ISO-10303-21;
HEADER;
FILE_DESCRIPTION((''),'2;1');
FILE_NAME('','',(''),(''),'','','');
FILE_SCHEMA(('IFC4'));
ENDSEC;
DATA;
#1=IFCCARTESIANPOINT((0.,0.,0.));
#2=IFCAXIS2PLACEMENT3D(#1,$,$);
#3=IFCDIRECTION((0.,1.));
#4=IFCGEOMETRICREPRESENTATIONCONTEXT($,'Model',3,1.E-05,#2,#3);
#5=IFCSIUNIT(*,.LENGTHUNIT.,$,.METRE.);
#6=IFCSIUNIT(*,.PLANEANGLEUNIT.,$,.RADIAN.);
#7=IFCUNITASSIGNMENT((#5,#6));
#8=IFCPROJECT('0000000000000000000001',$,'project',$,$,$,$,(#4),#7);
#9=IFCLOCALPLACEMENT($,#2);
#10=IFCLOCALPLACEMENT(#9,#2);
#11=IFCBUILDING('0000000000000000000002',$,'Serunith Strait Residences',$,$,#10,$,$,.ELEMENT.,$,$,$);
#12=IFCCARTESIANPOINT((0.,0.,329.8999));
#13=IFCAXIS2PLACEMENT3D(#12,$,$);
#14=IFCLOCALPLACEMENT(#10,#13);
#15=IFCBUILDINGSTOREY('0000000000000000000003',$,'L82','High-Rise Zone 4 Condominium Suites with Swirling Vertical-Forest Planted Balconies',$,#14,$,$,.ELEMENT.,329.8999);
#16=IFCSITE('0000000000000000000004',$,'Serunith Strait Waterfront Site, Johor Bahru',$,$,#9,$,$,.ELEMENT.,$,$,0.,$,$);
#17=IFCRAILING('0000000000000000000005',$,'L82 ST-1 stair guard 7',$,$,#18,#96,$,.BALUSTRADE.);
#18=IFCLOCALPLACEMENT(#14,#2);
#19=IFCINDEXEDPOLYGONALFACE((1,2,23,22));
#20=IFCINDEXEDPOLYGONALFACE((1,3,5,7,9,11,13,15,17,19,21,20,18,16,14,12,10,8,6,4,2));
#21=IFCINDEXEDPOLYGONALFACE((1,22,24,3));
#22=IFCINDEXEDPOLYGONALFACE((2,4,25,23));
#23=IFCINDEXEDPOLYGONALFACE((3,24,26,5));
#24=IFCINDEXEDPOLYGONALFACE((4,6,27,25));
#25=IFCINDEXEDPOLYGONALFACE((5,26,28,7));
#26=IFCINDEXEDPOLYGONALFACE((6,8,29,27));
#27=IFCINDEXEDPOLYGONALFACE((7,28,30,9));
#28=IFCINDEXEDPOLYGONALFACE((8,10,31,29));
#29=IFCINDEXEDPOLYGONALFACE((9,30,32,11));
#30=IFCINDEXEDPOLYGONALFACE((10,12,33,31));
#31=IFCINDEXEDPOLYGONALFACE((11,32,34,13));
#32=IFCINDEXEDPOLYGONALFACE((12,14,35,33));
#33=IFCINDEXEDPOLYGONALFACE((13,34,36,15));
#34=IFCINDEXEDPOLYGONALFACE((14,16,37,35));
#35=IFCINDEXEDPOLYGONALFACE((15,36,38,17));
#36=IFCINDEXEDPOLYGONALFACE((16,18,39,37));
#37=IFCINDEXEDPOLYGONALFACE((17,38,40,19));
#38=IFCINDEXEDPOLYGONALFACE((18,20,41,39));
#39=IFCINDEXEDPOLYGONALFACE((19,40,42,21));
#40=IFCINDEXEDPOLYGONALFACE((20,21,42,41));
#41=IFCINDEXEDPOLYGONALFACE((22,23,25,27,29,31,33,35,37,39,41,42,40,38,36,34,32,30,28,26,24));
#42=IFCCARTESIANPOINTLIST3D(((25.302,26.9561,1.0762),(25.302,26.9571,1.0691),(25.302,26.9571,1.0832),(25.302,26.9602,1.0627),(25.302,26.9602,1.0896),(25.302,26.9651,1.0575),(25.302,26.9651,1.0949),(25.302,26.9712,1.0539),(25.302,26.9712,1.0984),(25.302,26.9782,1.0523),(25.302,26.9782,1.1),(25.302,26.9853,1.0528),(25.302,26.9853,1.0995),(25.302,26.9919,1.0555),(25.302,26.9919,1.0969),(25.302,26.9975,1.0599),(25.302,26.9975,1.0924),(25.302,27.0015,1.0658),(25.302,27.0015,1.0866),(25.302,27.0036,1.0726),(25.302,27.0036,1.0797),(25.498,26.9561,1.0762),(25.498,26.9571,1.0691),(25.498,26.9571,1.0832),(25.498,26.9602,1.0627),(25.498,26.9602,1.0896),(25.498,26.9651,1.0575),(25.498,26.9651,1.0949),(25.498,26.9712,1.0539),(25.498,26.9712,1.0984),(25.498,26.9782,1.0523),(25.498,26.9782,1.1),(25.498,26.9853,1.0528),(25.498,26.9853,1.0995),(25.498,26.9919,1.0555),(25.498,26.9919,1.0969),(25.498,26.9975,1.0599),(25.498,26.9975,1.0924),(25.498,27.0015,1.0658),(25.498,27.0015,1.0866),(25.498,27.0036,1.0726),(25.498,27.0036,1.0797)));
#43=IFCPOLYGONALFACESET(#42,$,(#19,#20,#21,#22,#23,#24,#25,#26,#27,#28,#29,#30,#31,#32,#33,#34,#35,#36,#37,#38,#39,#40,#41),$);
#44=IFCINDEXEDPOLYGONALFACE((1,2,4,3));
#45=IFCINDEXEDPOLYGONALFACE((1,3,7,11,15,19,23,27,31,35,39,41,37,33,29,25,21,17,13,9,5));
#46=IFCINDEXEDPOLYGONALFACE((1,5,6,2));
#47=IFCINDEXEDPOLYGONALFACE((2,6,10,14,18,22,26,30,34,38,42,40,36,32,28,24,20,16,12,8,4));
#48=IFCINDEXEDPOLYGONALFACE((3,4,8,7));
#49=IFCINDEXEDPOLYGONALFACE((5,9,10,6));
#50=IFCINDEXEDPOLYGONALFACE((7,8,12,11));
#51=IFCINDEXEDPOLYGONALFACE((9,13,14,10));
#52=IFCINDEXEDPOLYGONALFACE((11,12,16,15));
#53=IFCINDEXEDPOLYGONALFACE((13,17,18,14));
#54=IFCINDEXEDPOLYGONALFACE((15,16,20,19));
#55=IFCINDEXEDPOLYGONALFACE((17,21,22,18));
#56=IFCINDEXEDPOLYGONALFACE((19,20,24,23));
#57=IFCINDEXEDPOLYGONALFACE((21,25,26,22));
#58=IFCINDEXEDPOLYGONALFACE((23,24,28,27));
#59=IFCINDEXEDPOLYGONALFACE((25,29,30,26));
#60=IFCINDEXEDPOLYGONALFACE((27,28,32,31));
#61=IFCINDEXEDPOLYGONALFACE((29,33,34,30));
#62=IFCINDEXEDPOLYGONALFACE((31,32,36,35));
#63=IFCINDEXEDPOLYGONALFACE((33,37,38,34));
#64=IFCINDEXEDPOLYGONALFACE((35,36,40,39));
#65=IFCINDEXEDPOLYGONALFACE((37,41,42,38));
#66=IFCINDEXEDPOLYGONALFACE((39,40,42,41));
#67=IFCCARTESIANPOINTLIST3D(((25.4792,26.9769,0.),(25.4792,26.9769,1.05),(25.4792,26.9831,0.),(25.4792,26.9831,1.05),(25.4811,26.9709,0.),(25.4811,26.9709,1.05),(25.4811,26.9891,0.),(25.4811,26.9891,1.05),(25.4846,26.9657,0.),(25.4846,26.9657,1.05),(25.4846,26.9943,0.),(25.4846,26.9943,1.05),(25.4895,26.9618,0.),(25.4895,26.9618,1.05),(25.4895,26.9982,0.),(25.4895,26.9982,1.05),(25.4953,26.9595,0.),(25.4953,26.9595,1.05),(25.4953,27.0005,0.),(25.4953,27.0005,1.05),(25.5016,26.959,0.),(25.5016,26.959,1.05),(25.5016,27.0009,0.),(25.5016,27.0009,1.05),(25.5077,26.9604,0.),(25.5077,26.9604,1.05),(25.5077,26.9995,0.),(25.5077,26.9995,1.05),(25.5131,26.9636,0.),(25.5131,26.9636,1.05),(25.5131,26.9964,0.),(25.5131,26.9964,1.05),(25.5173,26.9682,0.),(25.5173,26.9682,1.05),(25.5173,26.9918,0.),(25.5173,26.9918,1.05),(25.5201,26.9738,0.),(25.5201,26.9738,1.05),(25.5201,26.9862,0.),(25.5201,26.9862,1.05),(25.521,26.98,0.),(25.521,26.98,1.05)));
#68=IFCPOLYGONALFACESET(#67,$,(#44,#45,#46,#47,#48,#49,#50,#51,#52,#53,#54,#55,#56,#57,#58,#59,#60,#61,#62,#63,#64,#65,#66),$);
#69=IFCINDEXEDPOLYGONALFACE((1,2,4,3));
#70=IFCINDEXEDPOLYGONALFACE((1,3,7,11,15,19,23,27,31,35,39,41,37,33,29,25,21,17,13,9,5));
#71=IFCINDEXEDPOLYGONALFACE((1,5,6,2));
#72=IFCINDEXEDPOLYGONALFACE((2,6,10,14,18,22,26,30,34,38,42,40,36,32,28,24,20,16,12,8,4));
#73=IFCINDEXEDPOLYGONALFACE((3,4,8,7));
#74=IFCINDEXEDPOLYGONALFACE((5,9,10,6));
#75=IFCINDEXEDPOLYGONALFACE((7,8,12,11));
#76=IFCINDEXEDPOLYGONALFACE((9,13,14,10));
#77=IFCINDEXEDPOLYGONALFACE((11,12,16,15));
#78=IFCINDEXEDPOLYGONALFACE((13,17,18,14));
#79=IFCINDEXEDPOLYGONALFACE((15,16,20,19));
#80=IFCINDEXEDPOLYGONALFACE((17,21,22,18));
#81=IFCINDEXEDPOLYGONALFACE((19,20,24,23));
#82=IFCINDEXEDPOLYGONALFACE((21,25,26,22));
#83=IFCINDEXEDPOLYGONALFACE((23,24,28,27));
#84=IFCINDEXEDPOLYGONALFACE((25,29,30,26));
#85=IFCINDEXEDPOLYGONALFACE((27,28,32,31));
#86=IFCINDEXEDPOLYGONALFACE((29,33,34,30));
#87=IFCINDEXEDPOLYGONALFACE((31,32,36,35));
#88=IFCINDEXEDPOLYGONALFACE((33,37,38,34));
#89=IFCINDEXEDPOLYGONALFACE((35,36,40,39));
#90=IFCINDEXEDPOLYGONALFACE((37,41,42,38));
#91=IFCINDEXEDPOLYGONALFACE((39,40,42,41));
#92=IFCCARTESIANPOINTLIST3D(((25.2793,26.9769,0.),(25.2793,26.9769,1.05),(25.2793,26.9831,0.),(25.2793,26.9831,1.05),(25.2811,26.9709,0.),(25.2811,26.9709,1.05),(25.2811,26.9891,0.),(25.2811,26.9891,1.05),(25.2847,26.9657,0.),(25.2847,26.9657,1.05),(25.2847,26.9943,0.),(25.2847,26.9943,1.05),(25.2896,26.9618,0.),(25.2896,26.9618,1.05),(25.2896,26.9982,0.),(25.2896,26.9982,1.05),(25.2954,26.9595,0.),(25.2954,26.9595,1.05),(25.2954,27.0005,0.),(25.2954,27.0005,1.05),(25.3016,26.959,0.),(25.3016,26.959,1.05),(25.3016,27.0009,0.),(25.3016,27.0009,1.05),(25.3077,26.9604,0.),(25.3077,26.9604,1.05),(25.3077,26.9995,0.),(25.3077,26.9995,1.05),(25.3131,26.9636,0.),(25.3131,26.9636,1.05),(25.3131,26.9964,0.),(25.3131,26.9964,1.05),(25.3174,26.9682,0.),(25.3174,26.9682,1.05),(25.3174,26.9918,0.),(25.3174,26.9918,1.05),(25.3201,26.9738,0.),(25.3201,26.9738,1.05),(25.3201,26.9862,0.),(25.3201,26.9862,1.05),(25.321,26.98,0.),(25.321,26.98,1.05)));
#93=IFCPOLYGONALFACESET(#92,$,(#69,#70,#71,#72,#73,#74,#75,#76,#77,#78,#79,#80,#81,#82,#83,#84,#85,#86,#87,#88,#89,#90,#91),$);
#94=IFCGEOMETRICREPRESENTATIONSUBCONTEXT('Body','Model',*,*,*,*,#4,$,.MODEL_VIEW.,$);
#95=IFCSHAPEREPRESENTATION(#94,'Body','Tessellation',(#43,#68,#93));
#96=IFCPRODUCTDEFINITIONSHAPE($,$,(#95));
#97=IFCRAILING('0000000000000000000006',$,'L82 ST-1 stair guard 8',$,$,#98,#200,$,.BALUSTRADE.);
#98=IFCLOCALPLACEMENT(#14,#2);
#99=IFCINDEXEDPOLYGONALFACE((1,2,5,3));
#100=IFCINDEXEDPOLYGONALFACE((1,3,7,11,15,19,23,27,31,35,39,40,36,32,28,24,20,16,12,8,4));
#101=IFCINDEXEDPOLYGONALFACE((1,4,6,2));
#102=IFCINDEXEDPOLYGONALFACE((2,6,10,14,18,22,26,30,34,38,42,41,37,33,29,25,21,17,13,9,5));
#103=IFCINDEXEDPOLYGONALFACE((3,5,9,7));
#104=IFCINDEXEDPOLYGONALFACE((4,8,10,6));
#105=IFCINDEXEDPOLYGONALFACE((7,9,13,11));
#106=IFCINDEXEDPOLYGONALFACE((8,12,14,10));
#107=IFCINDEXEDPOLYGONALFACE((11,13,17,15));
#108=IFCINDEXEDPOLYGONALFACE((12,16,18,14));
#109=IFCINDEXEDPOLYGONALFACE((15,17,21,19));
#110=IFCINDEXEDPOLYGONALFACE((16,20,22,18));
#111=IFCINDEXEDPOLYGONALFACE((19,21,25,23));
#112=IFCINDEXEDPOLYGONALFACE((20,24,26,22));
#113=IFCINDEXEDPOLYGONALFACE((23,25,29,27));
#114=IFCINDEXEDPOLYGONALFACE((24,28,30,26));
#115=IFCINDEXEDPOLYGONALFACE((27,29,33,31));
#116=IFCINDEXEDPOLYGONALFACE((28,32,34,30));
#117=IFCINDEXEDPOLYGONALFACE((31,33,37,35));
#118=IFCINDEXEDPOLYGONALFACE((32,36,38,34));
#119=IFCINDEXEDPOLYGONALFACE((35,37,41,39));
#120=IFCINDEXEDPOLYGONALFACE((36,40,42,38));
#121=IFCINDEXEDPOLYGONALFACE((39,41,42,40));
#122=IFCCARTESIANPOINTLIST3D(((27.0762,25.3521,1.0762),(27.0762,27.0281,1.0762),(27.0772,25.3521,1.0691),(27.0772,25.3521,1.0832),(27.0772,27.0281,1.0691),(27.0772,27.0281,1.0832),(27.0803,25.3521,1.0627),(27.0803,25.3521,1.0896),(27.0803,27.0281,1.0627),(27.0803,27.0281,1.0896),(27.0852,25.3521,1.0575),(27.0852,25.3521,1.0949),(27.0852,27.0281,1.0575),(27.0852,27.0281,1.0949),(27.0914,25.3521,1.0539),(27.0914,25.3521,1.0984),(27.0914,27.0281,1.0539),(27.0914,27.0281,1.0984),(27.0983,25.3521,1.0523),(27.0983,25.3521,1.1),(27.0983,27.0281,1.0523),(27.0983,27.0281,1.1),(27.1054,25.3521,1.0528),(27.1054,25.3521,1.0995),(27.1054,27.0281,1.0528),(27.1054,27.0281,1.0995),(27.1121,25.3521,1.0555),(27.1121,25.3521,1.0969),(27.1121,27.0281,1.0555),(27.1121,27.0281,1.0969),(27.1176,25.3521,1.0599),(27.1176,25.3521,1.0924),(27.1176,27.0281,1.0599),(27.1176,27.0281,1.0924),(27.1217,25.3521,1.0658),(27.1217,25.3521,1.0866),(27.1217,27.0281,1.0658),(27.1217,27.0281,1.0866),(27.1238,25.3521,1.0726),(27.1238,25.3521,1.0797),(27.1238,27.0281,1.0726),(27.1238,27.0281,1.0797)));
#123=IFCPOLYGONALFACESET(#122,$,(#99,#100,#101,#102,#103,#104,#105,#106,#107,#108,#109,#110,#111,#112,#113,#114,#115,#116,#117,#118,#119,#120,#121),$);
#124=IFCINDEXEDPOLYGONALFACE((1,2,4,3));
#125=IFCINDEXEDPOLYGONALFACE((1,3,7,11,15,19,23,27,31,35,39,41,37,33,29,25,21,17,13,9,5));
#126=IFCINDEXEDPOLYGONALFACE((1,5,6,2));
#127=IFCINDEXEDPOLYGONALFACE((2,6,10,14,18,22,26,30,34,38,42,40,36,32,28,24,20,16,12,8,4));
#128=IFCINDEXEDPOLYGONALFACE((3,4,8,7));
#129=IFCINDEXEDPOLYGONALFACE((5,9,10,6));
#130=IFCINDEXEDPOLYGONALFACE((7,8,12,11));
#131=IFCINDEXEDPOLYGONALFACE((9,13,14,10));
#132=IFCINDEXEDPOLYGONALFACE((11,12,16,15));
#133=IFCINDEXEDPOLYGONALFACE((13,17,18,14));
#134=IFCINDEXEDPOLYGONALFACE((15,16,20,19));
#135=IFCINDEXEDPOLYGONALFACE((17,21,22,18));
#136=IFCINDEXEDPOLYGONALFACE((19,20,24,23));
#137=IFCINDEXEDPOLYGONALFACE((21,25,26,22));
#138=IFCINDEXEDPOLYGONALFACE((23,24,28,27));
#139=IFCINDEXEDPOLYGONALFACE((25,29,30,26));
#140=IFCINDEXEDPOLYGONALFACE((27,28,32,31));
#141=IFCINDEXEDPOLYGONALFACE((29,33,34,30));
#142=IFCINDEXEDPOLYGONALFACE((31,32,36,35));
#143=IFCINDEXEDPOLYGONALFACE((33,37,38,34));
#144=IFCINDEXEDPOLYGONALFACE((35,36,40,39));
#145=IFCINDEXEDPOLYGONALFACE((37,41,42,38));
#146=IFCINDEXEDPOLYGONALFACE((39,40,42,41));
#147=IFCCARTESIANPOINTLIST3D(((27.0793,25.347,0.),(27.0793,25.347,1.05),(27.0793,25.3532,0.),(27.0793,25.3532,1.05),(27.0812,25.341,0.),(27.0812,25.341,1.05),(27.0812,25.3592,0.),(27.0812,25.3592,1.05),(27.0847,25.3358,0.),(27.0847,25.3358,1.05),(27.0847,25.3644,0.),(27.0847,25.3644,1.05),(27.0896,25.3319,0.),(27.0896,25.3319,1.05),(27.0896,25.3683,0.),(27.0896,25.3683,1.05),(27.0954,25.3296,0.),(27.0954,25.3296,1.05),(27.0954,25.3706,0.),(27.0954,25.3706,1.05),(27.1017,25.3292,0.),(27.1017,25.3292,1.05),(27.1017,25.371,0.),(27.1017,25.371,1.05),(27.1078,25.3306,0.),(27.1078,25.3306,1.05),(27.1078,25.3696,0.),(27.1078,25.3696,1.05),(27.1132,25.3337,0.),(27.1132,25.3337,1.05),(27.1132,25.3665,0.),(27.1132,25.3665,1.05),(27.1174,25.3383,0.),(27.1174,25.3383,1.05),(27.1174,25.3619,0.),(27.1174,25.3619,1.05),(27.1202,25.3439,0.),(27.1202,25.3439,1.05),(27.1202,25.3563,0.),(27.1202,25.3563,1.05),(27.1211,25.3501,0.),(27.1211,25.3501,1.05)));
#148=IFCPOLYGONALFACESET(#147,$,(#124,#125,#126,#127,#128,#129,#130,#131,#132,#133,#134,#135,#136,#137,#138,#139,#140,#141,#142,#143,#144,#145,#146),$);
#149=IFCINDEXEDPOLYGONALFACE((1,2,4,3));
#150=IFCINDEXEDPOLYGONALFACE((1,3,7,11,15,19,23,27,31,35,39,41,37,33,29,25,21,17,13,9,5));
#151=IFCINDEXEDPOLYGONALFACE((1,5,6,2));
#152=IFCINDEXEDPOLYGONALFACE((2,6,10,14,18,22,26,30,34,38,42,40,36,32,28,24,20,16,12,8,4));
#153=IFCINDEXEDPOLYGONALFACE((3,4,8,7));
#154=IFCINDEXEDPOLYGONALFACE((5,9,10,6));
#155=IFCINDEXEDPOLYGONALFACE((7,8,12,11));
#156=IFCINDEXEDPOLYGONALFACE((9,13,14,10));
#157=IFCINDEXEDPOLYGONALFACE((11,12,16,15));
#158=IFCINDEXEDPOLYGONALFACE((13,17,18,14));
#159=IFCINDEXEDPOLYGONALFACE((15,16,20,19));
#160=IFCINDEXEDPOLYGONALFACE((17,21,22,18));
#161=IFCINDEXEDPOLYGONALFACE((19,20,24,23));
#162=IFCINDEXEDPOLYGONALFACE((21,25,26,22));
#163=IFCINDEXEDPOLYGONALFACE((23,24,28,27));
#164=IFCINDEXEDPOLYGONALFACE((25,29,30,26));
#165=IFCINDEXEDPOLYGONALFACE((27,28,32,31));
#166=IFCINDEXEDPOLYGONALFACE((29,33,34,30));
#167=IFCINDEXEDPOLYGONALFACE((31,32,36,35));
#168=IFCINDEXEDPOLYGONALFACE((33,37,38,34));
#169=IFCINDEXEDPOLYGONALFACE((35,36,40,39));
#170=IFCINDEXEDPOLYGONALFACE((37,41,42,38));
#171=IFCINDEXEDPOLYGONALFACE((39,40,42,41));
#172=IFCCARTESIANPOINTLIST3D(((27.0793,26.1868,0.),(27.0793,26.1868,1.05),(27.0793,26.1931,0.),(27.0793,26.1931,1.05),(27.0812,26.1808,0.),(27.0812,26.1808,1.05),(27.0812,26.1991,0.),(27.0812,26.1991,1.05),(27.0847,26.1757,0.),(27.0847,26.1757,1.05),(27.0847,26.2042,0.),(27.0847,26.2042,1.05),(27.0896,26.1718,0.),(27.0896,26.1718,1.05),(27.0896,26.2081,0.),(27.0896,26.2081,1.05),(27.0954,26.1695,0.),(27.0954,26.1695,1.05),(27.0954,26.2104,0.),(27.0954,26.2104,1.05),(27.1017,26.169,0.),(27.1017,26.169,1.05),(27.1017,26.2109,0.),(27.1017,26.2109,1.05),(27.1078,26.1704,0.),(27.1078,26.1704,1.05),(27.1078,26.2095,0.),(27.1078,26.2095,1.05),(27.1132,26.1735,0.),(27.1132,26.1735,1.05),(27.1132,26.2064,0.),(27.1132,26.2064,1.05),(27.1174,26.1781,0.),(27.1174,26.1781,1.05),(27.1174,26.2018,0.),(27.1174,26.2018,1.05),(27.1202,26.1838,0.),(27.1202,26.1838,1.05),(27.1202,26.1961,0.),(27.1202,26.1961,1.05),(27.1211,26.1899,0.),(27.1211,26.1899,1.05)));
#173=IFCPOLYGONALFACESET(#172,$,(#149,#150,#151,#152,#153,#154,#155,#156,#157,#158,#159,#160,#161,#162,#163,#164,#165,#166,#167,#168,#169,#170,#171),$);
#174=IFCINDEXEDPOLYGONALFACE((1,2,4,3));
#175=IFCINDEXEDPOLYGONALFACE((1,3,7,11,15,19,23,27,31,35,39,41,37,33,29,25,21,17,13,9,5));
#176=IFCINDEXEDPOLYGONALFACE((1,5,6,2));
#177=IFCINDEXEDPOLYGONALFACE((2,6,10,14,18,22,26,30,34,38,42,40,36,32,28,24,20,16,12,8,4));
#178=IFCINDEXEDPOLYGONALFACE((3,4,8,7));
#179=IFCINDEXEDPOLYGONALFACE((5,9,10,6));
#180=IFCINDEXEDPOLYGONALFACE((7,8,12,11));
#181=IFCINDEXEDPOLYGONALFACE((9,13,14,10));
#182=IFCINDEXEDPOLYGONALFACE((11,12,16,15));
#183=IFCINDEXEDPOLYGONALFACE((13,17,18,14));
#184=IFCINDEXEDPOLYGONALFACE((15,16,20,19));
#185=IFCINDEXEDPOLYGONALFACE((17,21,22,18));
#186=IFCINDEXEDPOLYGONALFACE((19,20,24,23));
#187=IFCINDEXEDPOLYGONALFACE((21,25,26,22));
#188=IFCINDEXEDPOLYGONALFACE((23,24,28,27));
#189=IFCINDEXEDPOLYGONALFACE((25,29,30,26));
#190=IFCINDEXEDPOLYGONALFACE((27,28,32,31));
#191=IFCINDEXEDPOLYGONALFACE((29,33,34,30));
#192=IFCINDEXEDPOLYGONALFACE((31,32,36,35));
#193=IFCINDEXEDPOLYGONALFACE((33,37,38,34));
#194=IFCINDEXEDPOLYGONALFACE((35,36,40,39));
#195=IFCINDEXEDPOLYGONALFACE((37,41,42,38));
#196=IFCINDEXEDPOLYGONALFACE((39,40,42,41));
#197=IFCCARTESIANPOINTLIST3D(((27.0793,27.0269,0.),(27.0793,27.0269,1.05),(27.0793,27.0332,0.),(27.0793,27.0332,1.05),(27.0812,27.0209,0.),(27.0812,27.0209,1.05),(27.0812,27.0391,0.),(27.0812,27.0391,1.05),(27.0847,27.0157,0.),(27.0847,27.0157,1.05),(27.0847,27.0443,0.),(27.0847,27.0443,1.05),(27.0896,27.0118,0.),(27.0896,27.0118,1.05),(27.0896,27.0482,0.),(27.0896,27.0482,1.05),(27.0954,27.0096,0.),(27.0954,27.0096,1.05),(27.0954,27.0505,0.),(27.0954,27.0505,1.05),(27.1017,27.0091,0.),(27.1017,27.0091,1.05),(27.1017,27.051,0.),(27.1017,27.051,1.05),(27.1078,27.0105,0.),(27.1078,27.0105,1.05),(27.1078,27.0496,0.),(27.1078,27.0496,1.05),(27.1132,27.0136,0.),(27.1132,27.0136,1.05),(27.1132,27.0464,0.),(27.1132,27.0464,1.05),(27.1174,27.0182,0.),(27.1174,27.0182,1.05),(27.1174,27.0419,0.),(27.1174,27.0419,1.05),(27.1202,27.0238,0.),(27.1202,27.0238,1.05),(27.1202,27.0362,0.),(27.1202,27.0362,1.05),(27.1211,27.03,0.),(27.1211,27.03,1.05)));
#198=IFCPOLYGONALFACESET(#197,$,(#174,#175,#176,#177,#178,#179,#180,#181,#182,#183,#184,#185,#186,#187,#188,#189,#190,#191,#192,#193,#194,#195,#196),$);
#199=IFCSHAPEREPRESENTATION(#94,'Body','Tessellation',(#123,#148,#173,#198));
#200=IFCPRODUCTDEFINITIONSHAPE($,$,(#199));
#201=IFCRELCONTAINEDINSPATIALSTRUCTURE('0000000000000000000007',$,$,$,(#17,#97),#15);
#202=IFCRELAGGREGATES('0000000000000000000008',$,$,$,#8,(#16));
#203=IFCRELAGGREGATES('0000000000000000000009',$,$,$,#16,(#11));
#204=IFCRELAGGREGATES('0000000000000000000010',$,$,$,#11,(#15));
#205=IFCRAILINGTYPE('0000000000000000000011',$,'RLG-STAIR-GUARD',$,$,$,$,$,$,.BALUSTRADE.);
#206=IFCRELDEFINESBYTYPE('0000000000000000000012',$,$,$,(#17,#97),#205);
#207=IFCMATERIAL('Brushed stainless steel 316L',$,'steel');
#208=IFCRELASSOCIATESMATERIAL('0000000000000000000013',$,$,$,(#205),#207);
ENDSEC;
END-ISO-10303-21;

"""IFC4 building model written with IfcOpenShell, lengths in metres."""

from ifc_helpers import new_model, si_unit, direction, frame, origin, origin_2d, place, context, subcontext, project, spatial, circle, extrude, material, type_object, element, save


model = new_model("IFC4")

# Units and contexts
model_context = context("Model", 3, precision=1e-05, world=origin(), true_north=direction((0.0, 1.0)))
body_context = subcontext(model_context, "Body", "Model", "MODEL_VIEW")
ifc_project = project(units=[si_unit("LENGTHUNIT", "METRE"), si_unit("PLANEANGLEUNIT", "RADIAN")], contexts=[model_context])

# Site, building, storey
site_placement = place(None, origin())
site = spatial("IfcSite", under=ifc_project, at=site_placement, Name="Serunith Strait Waterfront Site, Johor Bahru", CompositionType="ELEMENT", RefElevation=0.0)
building_placement = place(site_placement, origin())
building = spatial("IfcBuilding", under=site, at=building_placement, Name="Serunith Strait Residences", CompositionType="ELEMENT")
storey_placement = place(building_placement, frame((0.0, 0.0, 329.8999)))
storey = spatial("IfcBuildingStorey", under=building, at=storey_placement, Name="L82", Description="High-Rise Zone 4 Condominium Suites with Swirling Vertical-Forest Planted Balconies", CompositionType="ELEMENT", Elevation=329.8999)

# Railings
ifc_material_1 = material(Name="Brushed stainless steel 316L", Category="steel")
railing_type_1 = type_object("IfcRailingType", Name="RLG-STAIR-GUARD", PredefinedType="BALUSTRADE", material=ifc_material_1)
railing_1_placement = place(storey_placement, frame((25.5, 26.98, 0.0)))
element("IfcRailing", 1, at=railing_1_placement, inside=storey, type_object=railing_type_1, Name="L82 ST-1 stair guard 7", PredefinedType="BALUSTRADE", context=body_context, shape_type="SweptSolid", body=[
    extrude(circle(Radius=0.0239, at=origin_2d()), frame((-0.002, 0.0, 1.0762), z_axis=(-1.0, 0.0, 0.0), x_axis=(0.0, -1.0, 0.0)), (0.0, 0.0, 1.0), 0.196),
    extrude(circle(Radius=0.021, at=origin_2d()), origin(), (0.0, 0.0, 1.0), 1.05),
    extrude(circle(Radius=0.021, at=origin_2d()), frame((-0.2, 0.0, 0.0)), (0.0, 0.0, 1.0), 1.05),
])
for number, where, name in (
    (2, (27.1001, 25.3501, 0.0), "L82 ST-1 stair guard 8"),
):
    element("IfcRailing", number, at=place(storey_placement, frame(where)), inside=storey, type_object=railing_type_1, Name=name, PredefinedType="BALUSTRADE", context=body_context, shape_type="SweptSolid", body=[
        extrude(circle(Radius=0.0239, at=origin_2d()), frame((0.0, 0.002, 1.0762), z_axis=(0.0, 1.0, 0.0), x_axis=(-1.0, 0.0, 0.0)), (0.0, 0.0, 1.0), 1.676),
        extrude(circle(Radius=0.021, at=origin_2d()), origin(), (0.0, 0.0, 1.0), 1.05),
        extrude(circle(Radius=0.021, at=origin_2d()), frame((0.0, 0.8398, 0.0)), (0.0, 0.0, 1.0), 1.05),
        extrude(circle(Radius=0.021, at=origin_2d()), frame((0.0, 1.6799, 0.0)), (0.0, 0.0, 1.0), 1.05),
    ])

save(model, "model.ifc")
